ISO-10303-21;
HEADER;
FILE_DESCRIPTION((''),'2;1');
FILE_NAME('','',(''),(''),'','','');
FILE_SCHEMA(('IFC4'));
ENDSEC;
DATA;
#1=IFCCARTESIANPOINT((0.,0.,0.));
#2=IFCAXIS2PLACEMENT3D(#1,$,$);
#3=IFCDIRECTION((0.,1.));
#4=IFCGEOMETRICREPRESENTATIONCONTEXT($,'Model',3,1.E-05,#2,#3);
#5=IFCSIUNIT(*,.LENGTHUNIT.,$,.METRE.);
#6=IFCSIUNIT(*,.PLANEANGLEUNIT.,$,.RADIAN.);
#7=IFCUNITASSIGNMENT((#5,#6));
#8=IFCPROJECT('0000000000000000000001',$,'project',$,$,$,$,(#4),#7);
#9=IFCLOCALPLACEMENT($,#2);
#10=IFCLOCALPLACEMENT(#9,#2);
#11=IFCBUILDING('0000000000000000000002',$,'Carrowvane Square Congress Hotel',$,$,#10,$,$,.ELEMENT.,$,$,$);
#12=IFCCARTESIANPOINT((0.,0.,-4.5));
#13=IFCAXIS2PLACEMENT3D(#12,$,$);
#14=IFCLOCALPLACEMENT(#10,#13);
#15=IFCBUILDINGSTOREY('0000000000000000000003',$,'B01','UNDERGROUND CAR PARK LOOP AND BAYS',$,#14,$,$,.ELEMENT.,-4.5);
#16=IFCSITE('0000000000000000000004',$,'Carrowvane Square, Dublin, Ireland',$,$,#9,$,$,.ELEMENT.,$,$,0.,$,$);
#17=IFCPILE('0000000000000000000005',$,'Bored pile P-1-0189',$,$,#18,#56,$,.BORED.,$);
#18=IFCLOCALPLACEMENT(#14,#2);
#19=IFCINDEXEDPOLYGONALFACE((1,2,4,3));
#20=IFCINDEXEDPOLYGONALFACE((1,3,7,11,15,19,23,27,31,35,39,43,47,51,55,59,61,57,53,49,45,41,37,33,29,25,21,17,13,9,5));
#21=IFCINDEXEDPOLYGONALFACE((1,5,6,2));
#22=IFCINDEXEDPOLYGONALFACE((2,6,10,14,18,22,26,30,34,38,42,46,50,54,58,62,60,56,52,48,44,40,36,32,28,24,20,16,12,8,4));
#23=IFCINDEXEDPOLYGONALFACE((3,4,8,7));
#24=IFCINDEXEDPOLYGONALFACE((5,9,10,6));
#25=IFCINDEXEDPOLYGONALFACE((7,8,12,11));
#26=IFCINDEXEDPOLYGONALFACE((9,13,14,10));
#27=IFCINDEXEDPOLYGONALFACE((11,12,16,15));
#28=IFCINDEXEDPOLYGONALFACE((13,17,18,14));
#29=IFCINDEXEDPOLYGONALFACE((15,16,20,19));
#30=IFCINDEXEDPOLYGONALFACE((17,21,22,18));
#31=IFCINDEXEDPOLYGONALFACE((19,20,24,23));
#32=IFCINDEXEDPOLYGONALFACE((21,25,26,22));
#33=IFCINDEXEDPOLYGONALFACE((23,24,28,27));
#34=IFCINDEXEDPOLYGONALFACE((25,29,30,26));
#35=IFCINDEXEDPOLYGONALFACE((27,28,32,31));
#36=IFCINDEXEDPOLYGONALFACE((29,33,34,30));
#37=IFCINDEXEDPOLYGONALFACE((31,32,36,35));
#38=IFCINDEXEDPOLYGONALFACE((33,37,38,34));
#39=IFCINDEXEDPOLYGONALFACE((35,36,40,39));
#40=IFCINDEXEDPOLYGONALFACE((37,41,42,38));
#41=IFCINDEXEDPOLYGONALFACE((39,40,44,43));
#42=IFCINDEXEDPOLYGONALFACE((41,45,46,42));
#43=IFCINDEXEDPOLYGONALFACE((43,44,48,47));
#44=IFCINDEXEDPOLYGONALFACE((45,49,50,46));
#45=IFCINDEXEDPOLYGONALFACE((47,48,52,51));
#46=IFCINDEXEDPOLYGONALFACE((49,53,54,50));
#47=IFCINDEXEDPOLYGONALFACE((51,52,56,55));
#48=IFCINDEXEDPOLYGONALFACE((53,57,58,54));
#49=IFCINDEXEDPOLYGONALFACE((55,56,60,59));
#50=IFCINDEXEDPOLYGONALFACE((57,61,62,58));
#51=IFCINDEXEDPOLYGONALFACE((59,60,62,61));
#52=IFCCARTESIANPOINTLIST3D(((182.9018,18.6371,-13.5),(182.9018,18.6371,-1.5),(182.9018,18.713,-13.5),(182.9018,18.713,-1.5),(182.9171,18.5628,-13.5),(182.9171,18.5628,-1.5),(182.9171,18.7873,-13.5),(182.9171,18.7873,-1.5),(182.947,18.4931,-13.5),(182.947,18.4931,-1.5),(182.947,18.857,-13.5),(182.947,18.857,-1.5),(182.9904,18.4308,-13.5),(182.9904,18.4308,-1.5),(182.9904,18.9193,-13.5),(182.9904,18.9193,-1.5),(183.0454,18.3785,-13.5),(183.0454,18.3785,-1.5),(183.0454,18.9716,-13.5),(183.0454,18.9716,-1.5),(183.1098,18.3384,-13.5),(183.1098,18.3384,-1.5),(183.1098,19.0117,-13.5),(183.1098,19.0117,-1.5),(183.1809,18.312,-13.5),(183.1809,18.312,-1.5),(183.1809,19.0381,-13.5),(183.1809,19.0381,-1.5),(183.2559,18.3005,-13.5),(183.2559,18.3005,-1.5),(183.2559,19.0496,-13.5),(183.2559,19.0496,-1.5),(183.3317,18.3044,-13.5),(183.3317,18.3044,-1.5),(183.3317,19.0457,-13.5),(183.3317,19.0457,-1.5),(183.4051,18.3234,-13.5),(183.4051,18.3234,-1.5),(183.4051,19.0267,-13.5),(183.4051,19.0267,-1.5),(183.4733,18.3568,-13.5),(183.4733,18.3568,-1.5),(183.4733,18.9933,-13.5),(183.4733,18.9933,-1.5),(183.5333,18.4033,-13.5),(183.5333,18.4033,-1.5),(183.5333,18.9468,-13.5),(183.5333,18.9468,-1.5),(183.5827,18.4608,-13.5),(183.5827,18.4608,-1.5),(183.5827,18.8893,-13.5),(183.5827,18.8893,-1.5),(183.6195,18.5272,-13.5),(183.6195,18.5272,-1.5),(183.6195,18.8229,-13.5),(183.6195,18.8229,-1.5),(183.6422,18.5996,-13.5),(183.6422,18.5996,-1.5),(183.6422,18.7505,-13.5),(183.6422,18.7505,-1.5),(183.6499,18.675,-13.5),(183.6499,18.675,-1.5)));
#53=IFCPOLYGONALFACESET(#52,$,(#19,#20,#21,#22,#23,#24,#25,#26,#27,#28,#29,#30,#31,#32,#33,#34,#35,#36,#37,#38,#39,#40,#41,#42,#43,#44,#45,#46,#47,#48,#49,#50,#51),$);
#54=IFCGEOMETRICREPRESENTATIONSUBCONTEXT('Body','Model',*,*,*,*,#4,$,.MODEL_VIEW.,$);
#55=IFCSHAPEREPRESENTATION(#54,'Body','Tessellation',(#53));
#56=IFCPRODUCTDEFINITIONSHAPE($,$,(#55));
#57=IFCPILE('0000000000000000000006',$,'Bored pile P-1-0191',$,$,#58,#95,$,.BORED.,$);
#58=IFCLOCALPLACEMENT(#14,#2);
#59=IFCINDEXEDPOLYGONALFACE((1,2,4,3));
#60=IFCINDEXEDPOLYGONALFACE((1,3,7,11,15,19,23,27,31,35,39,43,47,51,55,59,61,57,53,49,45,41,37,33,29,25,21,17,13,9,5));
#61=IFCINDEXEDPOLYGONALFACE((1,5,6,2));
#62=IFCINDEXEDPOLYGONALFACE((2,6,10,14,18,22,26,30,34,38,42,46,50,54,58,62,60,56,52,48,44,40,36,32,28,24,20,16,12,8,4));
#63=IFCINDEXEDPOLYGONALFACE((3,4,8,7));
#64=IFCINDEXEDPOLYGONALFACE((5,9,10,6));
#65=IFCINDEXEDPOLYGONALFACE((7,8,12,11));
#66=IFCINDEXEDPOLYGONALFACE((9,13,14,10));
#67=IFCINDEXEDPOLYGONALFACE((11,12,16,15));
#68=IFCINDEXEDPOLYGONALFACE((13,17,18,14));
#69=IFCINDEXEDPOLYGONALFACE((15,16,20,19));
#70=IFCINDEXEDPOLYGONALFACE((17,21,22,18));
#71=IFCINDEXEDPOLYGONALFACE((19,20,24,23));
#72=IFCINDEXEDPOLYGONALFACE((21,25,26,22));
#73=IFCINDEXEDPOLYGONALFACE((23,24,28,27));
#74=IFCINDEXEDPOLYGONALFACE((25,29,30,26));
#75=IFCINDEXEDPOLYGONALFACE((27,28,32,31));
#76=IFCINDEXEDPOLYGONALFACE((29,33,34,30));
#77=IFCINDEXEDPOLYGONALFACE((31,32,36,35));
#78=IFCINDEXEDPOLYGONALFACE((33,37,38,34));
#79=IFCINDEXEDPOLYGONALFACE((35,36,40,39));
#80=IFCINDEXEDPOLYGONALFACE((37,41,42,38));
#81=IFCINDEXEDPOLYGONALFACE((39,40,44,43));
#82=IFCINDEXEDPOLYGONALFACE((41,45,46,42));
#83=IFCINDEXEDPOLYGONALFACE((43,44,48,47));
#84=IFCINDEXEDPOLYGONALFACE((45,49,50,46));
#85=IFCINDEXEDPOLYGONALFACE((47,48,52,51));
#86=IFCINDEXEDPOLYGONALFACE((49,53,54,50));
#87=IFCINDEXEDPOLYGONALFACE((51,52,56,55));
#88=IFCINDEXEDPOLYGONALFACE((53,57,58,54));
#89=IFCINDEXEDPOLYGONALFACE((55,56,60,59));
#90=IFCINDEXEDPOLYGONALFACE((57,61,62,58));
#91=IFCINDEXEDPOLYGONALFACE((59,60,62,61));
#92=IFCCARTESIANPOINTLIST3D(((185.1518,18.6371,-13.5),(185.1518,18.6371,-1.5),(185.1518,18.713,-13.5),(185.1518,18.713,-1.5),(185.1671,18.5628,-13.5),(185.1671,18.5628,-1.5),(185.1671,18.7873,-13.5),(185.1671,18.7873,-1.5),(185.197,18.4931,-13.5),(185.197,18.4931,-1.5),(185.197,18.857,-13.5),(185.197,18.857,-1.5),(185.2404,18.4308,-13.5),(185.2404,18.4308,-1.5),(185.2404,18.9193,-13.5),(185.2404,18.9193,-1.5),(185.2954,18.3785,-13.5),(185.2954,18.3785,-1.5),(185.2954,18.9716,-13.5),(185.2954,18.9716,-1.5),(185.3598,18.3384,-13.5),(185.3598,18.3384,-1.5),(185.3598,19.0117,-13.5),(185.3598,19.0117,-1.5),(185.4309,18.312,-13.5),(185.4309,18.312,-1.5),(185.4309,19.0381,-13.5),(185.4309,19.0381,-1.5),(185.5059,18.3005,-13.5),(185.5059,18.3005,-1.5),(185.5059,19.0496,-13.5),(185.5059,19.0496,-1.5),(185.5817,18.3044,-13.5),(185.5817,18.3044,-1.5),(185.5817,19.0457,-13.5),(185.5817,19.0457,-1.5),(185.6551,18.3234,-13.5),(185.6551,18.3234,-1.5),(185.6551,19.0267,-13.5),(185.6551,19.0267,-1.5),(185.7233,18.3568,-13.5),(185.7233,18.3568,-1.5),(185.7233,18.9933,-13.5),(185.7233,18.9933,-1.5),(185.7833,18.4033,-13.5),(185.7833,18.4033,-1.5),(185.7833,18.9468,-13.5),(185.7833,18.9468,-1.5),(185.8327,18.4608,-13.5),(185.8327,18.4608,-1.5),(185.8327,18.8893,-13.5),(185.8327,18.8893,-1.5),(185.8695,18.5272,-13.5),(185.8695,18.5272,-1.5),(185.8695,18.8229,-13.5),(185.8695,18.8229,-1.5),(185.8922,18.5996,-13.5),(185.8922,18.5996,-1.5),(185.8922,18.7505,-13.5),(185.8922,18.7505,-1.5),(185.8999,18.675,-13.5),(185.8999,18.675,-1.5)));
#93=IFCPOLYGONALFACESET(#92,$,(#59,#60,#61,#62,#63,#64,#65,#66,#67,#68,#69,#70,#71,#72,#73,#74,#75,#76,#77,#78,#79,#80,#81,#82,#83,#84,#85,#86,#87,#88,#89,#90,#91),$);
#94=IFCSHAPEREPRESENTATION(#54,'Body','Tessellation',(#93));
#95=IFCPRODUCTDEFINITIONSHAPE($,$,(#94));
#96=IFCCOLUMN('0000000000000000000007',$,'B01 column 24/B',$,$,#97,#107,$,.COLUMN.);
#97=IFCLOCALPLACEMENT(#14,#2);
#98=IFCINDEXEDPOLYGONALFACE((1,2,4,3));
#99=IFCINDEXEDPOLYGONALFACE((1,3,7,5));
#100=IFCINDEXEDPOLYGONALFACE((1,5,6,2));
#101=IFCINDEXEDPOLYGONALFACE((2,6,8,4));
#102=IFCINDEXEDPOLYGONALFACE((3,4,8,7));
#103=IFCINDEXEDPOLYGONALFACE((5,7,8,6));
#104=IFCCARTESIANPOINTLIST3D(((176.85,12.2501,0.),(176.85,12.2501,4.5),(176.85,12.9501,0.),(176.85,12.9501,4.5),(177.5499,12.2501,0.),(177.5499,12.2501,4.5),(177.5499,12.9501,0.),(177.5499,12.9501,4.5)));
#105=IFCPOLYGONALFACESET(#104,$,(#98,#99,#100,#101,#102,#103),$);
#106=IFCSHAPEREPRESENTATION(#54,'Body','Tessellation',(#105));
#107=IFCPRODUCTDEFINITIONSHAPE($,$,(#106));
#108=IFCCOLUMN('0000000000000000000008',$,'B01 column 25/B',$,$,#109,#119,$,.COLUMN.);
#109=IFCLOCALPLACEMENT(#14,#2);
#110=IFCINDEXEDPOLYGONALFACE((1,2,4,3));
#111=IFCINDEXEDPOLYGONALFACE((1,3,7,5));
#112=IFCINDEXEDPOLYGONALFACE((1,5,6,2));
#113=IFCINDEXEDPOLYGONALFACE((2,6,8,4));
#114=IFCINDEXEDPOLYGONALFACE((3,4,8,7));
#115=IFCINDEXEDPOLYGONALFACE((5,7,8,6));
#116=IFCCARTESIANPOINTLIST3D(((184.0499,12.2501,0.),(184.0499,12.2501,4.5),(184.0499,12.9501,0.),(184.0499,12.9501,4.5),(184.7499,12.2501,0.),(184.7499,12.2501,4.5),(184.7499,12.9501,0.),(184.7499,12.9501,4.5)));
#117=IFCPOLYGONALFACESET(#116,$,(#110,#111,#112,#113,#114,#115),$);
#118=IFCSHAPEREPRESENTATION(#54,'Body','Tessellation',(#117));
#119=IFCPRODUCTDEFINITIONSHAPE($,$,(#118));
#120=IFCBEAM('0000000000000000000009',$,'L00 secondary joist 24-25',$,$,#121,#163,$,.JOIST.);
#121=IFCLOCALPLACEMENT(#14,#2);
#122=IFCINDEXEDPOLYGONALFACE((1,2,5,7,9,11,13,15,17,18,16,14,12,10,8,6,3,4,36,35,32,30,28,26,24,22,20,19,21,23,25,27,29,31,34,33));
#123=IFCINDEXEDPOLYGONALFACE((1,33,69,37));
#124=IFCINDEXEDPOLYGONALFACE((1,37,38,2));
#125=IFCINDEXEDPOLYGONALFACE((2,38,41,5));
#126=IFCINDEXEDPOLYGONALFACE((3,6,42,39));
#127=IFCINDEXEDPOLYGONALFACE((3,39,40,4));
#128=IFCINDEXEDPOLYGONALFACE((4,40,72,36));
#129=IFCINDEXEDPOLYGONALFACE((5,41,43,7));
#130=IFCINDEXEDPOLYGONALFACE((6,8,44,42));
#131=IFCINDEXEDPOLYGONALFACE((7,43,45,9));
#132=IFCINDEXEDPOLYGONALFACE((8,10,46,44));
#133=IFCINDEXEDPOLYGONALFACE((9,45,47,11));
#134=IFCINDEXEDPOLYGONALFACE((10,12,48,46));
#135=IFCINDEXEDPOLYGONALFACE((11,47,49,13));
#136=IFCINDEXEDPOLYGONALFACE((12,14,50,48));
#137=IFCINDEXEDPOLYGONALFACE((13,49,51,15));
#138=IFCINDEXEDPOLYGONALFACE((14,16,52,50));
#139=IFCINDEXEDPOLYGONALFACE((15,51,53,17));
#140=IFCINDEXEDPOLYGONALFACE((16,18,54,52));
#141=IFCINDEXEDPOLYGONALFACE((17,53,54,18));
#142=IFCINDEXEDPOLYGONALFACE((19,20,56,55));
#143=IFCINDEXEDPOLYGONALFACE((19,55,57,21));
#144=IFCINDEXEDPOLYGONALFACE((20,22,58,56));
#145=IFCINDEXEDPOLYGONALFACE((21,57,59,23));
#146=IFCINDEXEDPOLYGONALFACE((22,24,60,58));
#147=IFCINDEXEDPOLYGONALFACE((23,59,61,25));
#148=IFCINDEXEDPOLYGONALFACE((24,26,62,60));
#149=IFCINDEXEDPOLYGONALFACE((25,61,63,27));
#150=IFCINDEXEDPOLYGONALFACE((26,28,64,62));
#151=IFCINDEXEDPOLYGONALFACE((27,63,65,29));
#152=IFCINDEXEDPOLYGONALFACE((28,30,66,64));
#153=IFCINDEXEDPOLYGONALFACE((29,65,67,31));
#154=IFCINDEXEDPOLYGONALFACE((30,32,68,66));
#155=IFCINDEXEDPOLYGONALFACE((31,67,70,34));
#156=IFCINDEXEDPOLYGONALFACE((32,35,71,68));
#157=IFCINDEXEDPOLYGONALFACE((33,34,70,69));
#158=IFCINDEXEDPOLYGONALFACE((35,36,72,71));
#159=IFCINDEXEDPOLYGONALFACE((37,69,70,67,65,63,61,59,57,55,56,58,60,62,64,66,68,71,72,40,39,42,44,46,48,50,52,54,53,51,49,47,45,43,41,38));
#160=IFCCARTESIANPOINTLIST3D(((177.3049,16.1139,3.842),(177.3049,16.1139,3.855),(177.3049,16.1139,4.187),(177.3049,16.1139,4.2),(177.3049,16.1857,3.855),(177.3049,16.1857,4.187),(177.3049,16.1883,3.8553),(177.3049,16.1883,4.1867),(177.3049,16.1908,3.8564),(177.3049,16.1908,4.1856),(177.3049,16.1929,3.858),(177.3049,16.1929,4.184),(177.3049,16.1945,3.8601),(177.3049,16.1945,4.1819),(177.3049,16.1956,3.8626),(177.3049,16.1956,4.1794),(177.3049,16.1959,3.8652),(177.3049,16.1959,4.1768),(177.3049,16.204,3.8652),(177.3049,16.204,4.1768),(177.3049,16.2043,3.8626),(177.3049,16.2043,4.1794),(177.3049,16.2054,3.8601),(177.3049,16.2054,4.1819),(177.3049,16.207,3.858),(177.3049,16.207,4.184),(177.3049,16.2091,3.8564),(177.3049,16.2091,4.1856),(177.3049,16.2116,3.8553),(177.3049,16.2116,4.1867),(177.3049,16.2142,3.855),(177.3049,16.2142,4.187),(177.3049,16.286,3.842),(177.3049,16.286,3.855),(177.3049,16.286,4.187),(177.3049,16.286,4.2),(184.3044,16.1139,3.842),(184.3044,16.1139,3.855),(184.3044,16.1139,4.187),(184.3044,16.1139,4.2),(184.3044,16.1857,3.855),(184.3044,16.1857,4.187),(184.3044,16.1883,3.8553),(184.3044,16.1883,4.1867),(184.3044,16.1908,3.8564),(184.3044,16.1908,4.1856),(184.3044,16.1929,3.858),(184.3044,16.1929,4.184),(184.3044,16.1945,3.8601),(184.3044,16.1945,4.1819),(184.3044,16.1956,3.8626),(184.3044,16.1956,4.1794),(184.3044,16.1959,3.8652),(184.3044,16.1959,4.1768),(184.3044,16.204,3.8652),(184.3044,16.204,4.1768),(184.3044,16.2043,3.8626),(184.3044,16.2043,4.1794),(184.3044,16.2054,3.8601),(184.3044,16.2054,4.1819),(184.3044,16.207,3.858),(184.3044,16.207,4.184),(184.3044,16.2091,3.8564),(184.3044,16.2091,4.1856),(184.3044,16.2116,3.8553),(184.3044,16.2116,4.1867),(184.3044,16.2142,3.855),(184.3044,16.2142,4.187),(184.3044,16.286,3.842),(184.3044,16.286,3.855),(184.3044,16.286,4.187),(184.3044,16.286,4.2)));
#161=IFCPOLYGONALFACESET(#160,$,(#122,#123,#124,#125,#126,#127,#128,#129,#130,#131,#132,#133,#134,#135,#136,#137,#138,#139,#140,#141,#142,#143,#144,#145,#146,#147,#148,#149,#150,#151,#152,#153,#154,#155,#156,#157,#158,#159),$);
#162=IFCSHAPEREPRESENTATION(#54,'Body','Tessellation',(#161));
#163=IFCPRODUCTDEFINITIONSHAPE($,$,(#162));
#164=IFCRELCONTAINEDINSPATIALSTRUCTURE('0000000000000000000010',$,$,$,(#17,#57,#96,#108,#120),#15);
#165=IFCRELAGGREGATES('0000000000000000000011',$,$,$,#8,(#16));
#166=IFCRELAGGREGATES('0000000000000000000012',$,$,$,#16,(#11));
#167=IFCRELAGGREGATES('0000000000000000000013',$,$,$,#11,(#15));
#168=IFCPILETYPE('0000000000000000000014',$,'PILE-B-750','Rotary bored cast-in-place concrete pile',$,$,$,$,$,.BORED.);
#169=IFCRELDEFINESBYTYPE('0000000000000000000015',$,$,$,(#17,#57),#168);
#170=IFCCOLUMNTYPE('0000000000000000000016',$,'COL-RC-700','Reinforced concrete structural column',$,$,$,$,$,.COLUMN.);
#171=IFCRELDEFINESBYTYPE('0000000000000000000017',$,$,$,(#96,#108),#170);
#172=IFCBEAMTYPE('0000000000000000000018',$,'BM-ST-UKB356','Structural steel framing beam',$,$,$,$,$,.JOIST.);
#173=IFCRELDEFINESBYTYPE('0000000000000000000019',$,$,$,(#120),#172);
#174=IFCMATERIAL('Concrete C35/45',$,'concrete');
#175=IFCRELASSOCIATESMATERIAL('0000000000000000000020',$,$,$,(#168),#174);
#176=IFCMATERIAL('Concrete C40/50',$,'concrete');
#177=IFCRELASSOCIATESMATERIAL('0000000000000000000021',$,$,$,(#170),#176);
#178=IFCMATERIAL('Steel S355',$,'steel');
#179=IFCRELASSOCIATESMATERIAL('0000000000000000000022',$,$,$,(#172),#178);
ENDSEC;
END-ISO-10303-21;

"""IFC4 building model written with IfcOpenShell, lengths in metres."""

from ifc_helpers import new_model, si_unit, direction, frame, origin, origin_2d, place, context, subcontext, project, spatial, rectangle, circle, i_section, extrude, material, material_profile, profile_set, type_object, element, save


model = new_model("IFC4")

# Units and contexts
model_context = context("Model", 3, precision=1e-05, world=origin(), true_north=direction((0.0, 1.0)))
body_context = subcontext(model_context, "Body", "Model", "MODEL_VIEW")
ifc_project = project(units=[si_unit("LENGTHUNIT", "METRE"), si_unit("PLANEANGLEUNIT", "RADIAN")], contexts=[model_context])

# Site, building, storey
site_placement = place(None, origin())
site = spatial("IfcSite", under=ifc_project, at=site_placement, Name="Carrowvane Square, Dublin, Ireland", CompositionType="ELEMENT", RefElevation=0.0)
building_placement = place(site_placement, origin())
building = spatial("IfcBuilding", under=site, at=building_placement, Name="Carrowvane Square Congress Hotel", CompositionType="ELEMENT")
storey_placement = place(building_placement, frame((0.0, 0.0, -4.5)))
storey = spatial("IfcBuildingStorey", under=building, at=storey_placement, Name="B01", Description="UNDERGROUND CAR PARK LOOP AND BAYS", CompositionType="ELEMENT", Elevation=-4.5)

# Piles
ifc_material_1 = material(Name="Concrete C35/45", Category="concrete")
ifc_material_profile_1 = material_profile(ifc_material_1, circle(Radius=0.375, at=origin_2d()), Name="PILE D750")
ifc_profile_set_1 = profile_set([ifc_material_profile_1], Name="Concrete C35/45")
pile_type_1 = type_object("IfcPileType", Name="PILE-B-750", Description="Rotary bored cast-in-place concrete pile", PredefinedType="BORED", material=ifc_profile_set_1)
for number, where, z_axis, x_axis, name in (
    (1, (183.2749, 18.675, -1.5), (0.0, 0.0, -1.0), (1.0, 0.0, 0.0), "Bored pile P-1-0189"),
    (2, (185.5249, 18.675, -1.5), (0.0, 0.0, -1.0), (1.0, 0.0, 0.0), "Bored pile P-1-0191"),
):
    element("IfcPile", number, at=place(storey_placement, frame(where, z_axis=z_axis, x_axis=x_axis)), inside=storey, type_object=pile_type_1, Name=name, PredefinedType="BORED", context=body_context, shape_type="SweptSolid", body=[
        extrude(circle(Radius=0.375, at=origin_2d()), origin(), (0.0, 0.0, 1.0), 12.0),
    ])

# Columns
ifc_material_2 = material(Name="Concrete C40/50", Category="concrete")
ifc_material_profile_2 = material_profile(ifc_material_2, rectangle(XDim=0.7, YDim=0.7, at=origin_2d()), Name="RC 700x700")
ifc_profile_set_2 = profile_set([ifc_material_profile_2], Name="Concrete C40/50")
column_type = type_object("IfcColumnType", Name="COL-RC-700", Description="Reinforced concrete structural column", PredefinedType="COLUMN", material=ifc_profile_set_2)
for number, where, z_axis, x_axis, name in (
    (3, (177.2, 12.6001, 0.0), (0.0, 0.0, 1.0), (1.0, 0.0, 0.0), "B01 column 24/B"),
    (4, (184.3999, 12.6001, 0.0), (0.0, 0.0, 1.0), (1.0, 0.0, 0.0), "B01 column 25/B"),
):
    element("IfcColumn", number, at=place(storey_placement, frame(where, z_axis=z_axis, x_axis=x_axis)), inside=storey, type_object=column_type, Name=name, PredefinedType="COLUMN", context=body_context, shape_type="SweptSolid", body=[
        extrude(rectangle(XDim=0.7, YDim=0.7, at=origin_2d()), origin(), (0.0, 0.0, 1.0), 4.5),
    ])

# Beam
ifc_material_3 = material(Name="Steel S355", Category="steel")
ifc_material_profile_3 = material_profile(ifc_material_3, i_section(OverallWidth=0.1721, OverallDepth=0.3579, WebThickness=0.0081, FlangeThickness=0.0129, FilletRadius=0.0103, at=origin_2d()), Name="UKB 356x171x57")
ifc_profile_set_3 = profile_set([ifc_material_profile_3], Name="Steel S355")
beam_type_1 = type_object("IfcBeamType", Name="BM-ST-UKB356", Description="Structural steel framing beam", PredefinedType="JOIST", material=ifc_profile_set_3)
beam_1_placement = place(storey_placement, frame((177.3049, 16.2, 4.021), z_axis=(1.0, 0.0, 0.0), x_axis=(0.0, 1.0, 0.0)))
element("IfcBeam", 5, at=beam_1_placement, inside=storey, type_object=beam_type_1, Name="L00 secondary joist 24-25", PredefinedType="JOIST", context=body_context, shape_type="SweptSolid", body=[
    extrude(i_section(OverallWidth=0.1721, OverallDepth=0.3579, WebThickness=0.0081, FlangeThickness=0.0129, FilletRadius=0.0103, at=origin_2d()), origin(), (0.0, 0.0, 1.0), 6.9995),
])

save(model, "model.ifc")
